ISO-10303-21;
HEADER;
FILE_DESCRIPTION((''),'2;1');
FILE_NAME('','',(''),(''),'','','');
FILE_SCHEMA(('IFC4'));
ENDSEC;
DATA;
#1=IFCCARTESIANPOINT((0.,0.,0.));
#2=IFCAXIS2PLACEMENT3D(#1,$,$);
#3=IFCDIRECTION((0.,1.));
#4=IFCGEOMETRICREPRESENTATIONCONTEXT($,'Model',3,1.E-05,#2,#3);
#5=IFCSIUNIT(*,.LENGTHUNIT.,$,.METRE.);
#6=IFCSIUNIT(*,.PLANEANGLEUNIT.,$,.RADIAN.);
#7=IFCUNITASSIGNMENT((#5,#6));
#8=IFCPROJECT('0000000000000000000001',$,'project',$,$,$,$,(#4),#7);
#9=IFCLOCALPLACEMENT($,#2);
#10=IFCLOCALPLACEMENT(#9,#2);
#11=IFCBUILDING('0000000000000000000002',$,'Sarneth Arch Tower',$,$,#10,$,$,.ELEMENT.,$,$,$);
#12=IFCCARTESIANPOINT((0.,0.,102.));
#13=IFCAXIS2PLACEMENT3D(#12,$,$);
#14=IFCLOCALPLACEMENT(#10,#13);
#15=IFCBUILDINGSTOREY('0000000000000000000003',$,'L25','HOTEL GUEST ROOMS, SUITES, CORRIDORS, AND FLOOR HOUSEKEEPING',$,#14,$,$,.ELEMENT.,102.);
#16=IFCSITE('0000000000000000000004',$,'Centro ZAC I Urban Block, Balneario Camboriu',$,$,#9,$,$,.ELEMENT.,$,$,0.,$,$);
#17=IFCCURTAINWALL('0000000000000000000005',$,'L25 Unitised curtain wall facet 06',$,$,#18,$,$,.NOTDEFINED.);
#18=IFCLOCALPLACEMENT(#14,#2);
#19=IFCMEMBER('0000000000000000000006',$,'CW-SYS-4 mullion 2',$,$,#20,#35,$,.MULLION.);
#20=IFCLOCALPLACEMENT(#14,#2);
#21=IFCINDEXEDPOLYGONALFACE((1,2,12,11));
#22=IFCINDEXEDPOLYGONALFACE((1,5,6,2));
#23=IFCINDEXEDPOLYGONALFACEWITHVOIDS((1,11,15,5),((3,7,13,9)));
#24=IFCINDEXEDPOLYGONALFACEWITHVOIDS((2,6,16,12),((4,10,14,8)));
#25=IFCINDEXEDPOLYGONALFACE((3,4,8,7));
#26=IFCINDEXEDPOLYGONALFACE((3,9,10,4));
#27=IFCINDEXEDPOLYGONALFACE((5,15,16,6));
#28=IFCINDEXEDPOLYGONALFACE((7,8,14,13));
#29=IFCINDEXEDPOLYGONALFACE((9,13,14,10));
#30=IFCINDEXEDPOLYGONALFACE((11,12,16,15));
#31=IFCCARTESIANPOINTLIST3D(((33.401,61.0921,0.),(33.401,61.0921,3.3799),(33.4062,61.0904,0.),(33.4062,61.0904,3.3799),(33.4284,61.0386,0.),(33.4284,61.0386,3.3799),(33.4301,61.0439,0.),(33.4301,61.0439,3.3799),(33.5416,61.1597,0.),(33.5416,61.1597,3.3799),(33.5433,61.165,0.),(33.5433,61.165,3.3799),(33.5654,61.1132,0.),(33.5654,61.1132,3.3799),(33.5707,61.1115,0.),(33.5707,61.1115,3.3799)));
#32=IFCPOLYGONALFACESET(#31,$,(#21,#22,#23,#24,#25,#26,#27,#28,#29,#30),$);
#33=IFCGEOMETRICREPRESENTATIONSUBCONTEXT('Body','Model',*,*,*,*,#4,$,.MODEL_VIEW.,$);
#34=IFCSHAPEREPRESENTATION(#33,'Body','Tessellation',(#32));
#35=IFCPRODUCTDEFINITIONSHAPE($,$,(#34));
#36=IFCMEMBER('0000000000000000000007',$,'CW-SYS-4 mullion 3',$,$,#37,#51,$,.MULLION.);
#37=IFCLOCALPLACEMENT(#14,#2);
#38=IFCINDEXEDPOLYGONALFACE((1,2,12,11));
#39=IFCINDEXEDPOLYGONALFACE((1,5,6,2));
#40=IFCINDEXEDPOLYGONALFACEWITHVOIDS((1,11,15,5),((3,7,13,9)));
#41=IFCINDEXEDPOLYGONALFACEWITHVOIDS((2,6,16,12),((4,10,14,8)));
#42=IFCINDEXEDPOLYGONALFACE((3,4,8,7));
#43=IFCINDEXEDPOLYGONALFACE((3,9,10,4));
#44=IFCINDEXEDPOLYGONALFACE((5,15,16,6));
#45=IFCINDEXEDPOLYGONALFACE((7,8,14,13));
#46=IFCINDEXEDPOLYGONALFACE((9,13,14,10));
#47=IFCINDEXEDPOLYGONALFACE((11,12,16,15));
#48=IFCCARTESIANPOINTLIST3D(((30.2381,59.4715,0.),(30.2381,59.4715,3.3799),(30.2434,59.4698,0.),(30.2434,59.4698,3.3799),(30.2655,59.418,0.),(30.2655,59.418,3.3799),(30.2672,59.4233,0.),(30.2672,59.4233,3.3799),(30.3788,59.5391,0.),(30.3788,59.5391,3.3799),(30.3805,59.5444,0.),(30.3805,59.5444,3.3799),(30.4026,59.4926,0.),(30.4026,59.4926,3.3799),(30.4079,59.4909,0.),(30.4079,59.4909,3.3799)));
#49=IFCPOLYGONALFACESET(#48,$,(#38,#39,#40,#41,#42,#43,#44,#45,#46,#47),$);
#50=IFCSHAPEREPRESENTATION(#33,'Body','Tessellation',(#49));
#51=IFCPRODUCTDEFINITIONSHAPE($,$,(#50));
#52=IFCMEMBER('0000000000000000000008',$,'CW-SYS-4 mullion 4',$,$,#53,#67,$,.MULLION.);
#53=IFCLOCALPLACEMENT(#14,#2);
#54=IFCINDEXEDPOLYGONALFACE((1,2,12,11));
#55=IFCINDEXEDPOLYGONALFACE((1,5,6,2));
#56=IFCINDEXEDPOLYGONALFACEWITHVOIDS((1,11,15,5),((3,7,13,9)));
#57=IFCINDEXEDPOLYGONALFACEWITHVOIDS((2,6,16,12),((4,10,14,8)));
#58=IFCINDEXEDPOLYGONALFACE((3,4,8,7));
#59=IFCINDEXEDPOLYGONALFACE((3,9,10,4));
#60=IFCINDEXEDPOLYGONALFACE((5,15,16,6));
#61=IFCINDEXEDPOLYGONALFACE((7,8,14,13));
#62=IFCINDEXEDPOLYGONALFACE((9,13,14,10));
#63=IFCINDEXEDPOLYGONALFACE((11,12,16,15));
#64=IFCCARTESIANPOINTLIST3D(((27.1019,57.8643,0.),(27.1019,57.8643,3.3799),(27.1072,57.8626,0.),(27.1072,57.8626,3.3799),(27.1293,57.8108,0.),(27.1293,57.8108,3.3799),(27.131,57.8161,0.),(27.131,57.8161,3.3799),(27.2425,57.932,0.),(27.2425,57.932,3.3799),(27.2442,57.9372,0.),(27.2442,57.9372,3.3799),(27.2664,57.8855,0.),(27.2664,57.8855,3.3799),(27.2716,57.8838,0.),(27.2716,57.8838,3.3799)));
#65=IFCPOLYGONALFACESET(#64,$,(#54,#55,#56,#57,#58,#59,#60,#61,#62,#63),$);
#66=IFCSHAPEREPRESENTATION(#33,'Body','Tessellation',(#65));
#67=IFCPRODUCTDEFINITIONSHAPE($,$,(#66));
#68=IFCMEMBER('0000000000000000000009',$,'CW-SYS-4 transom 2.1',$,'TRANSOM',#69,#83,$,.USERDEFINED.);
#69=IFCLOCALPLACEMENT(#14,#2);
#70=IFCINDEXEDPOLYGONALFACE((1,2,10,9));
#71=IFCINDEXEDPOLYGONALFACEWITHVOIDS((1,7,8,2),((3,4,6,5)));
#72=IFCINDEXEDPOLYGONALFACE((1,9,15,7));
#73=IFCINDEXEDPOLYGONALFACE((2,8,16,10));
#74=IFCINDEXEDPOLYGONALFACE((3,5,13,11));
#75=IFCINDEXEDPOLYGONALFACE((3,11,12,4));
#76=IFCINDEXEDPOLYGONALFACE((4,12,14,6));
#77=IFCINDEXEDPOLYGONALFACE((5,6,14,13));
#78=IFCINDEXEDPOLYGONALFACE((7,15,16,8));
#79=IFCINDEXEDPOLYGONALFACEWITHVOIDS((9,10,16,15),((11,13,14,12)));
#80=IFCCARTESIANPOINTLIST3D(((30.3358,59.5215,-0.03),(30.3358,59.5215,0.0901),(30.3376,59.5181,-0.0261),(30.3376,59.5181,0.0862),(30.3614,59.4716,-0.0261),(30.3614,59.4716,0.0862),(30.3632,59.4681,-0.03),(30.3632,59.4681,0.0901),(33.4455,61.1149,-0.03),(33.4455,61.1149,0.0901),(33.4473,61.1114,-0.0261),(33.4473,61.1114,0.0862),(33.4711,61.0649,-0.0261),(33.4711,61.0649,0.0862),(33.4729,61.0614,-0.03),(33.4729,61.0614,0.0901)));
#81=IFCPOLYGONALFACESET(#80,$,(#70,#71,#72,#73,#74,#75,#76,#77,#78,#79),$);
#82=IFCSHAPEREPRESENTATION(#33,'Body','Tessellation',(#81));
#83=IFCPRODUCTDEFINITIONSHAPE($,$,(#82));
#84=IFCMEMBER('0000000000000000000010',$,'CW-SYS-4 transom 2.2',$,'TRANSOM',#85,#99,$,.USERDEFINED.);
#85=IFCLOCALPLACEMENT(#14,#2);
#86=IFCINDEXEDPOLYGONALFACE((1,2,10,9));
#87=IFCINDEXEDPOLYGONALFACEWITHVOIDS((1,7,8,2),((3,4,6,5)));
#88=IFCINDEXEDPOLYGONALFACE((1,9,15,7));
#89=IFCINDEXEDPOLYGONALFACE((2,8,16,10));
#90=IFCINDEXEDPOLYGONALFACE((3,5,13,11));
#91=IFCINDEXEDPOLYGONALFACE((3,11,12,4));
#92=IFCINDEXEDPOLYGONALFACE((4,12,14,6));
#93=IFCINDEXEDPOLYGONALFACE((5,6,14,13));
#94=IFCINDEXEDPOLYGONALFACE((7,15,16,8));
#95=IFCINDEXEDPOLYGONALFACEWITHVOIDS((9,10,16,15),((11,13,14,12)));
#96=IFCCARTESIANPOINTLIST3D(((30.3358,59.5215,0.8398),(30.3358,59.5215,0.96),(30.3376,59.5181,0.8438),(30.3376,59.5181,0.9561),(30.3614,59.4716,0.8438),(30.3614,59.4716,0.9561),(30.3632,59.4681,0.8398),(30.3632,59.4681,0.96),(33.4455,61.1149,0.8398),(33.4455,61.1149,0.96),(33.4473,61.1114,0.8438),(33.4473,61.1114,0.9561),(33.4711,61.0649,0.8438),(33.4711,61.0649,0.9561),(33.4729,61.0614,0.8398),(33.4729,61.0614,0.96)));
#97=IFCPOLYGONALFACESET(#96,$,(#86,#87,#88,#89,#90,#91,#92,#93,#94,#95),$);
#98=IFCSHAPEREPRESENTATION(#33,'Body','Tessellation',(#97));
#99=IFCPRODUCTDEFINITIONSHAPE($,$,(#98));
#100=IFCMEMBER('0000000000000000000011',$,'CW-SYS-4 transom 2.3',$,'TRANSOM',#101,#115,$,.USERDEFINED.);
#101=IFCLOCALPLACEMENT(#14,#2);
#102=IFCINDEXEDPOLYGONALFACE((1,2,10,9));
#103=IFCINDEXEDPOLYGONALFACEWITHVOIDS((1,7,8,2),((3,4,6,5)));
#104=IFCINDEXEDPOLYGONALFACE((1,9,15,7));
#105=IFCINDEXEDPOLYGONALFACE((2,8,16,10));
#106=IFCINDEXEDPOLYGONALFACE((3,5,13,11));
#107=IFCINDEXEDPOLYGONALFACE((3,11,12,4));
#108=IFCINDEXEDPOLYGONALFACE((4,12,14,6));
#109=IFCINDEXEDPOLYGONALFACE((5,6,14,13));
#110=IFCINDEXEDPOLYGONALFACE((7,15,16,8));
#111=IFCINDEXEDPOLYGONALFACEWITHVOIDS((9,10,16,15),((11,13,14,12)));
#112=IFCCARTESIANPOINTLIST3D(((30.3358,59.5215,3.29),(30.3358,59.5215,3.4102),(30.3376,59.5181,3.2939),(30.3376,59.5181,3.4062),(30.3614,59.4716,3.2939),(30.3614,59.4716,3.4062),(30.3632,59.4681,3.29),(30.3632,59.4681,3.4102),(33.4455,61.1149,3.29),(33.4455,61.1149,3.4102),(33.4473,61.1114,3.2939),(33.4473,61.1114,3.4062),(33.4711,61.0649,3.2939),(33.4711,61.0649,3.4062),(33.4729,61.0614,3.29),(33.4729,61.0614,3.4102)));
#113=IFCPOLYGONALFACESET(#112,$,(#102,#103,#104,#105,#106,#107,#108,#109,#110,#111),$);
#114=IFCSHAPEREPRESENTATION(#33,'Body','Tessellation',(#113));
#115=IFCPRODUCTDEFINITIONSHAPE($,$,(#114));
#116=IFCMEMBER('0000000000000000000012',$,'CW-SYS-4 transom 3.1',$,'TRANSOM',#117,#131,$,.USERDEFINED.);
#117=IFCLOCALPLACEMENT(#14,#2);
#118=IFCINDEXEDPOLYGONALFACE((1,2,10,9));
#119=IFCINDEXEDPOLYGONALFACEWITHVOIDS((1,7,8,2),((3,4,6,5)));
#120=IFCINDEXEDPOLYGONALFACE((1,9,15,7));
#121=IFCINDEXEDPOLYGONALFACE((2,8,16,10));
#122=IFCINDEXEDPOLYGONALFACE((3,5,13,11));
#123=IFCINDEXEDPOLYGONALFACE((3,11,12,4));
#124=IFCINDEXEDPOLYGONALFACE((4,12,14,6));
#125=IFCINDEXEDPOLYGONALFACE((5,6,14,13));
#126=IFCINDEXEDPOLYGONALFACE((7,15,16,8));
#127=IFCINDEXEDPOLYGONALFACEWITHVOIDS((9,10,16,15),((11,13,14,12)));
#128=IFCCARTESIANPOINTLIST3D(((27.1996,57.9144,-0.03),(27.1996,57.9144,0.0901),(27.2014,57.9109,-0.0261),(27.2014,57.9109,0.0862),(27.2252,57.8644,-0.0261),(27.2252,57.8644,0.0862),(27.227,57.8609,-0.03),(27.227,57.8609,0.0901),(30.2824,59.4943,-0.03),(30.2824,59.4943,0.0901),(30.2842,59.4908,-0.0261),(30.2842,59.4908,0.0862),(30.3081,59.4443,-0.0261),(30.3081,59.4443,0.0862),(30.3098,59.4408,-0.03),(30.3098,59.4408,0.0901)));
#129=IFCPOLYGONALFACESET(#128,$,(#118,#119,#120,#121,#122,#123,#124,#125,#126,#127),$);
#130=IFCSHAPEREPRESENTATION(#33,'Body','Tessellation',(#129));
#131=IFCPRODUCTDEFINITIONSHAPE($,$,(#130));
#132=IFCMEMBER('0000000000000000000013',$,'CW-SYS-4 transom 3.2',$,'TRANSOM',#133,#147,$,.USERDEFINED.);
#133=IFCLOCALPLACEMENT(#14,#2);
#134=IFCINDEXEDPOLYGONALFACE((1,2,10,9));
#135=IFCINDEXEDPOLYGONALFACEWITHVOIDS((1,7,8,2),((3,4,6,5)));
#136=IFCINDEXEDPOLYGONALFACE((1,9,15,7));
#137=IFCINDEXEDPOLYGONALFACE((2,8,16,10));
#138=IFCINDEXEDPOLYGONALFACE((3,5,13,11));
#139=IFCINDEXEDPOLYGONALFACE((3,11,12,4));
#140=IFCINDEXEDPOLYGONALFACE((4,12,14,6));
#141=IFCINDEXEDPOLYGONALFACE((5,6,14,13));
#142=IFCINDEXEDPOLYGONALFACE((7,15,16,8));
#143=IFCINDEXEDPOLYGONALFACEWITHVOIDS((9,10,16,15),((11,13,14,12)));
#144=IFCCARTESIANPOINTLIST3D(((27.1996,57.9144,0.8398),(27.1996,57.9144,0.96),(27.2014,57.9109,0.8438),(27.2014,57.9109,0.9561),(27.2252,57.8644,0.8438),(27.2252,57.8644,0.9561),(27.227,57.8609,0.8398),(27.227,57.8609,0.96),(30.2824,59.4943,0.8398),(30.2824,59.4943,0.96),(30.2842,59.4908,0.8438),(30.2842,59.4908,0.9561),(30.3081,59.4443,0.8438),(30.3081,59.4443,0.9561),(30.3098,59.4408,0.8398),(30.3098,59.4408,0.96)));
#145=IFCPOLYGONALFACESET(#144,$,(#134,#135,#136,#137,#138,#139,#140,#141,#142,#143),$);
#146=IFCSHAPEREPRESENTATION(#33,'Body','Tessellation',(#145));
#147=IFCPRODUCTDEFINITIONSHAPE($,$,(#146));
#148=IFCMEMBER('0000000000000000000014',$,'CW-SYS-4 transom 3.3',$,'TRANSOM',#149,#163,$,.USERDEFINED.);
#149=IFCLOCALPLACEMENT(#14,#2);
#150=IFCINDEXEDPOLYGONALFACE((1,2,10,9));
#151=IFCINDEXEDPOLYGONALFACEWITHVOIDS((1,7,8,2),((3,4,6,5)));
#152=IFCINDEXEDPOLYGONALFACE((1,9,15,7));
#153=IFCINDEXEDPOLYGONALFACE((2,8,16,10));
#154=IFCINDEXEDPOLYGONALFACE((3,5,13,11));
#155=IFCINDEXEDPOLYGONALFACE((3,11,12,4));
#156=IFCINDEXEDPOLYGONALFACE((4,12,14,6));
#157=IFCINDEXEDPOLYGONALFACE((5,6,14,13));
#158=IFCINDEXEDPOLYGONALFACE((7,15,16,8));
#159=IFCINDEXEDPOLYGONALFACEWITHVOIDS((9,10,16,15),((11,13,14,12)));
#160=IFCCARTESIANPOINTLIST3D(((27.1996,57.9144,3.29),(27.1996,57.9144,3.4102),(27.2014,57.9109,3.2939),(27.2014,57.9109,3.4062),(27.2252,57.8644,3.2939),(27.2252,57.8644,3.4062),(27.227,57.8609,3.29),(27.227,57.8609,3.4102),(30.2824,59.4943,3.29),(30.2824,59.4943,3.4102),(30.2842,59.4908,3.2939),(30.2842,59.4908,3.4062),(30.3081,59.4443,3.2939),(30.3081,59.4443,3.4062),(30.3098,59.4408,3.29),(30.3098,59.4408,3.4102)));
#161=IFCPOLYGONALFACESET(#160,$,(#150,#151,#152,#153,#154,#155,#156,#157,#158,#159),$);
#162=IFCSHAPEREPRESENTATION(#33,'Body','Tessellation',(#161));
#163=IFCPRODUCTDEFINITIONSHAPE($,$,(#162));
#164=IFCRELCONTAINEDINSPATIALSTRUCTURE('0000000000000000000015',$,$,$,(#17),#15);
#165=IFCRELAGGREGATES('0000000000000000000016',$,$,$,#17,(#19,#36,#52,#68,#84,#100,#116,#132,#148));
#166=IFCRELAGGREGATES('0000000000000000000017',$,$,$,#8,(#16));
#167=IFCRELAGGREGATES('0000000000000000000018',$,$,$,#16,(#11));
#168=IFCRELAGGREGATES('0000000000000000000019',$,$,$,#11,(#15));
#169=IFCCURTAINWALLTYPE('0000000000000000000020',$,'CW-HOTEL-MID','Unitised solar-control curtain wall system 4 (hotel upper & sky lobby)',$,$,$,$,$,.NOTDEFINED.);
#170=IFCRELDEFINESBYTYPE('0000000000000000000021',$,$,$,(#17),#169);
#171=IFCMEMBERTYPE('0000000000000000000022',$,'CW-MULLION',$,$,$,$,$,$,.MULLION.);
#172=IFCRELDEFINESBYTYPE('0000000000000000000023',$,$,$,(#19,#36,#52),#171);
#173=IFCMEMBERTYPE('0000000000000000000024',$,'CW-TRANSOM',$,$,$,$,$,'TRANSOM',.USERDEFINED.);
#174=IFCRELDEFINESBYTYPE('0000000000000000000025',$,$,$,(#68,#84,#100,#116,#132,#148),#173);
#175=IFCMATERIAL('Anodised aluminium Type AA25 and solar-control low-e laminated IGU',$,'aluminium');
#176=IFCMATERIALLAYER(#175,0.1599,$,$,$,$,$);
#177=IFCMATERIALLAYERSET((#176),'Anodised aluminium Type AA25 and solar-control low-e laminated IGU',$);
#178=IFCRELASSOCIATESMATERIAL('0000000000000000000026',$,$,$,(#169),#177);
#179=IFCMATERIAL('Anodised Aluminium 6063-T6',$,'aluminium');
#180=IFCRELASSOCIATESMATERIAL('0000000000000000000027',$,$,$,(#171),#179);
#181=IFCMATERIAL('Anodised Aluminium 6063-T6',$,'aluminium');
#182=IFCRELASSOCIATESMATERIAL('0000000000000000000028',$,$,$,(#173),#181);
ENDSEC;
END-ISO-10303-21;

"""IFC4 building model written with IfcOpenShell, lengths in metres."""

from ifc_helpers import new_model, si_unit, direction, frame, origin, origin_2d, place, context, subcontext, project, spatial, hollow_rectangle, extrude, material, layer, layer_set, material_profile, profile_set, type_object, element, aggregate, save


model = new_model("IFC4")

# Units and contexts
model_context = context("Model", 3, precision=1e-05, world=origin(), true_north=direction((0.0, 1.0)))
body_context = subcontext(model_context, "Body", "Model", "MODEL_VIEW")
ifc_project = project(units=[si_unit("LENGTHUNIT", "METRE"), si_unit("PLANEANGLEUNIT", "RADIAN")], contexts=[model_context])

# Site, building, storey
site_placement = place(None, origin())
site = spatial("IfcSite", under=ifc_project, at=site_placement, Name="Centro ZAC I Urban Block, Balneario Camboriu", CompositionType="ELEMENT", RefElevation=0.0)
building_placement = place(site_placement, origin())
building = spatial("IfcBuilding", under=site, at=building_placement, Name="Sarneth Arch Tower", CompositionType="ELEMENT")
storey_placement = place(building_placement, frame((0.0, 0.0, 102.0)))
storey = spatial("IfcBuildingStorey", under=building, at=storey_placement, Name="L25", Description="HOTEL GUEST ROOMS, SUITES, CORRIDORS, AND FLOOR HOUSEKEEPING", CompositionType="ELEMENT", Elevation=102.0)

# Curtain wall, members
ifc_material_1 = material(Name="Anodised aluminium Type AA25 and solar-control low-e laminated IGU", Category="aluminium")
ifc_layer_1 = layer(ifc_material_1, 0.1599)
ifc_layer_set_1 = layer_set([ifc_layer_1], Name="Anodised aluminium Type AA25 and solar-control low-e laminated IGU")
curtain_wall_type = type_object("IfcCurtainWallType", Name="CW-HOTEL-MID", Description="Unitised solar-control curtain wall system 4 (hotel upper & sky lobby)", PredefinedType="NOTDEFINED", material=ifc_layer_set_1)
curtain_wall_placement = place(storey_placement, origin())
curtain_wall = element("IfcCurtainWall", 1, at=curtain_wall_placement, inside=storey, type_object=curtain_wall_type, Name="L25 Unitised curtain wall facet 06", PredefinedType="NOTDEFINED")
ifc_material_2 = material(Name="Anodised Aluminium 6063-T6", Category="aluminium")
ifc_material_profile_1 = material_profile(ifc_material_2, hollow_rectangle(XDim=0.0601, YDim=0.1599, WallThickness=0.0039, at=origin_2d()), Name="AL-MULL-160x60x4")
ifc_profile_set_1 = profile_set([ifc_material_profile_1], Name="Anodised Aluminium 6063-T6")
member_type_1 = type_object("IfcMemberType", Name="CW-MULLION", PredefinedType="MULLION", material=ifc_profile_set_1)
member_1_placement = place(storey_placement, frame((33.4858, 61.1018, 0.0), z_axis=(0.0, 0.0, 1.0), x_axis=(0.456031, -0.889964, 0.0)))
member_1 = element("IfcMember", 2, at=member_1_placement, type_object=member_type_1, Name="CW-SYS-4 mullion 2", PredefinedType="MULLION", context=body_context, shape_type="SweptSolid", body=[
    extrude(hollow_rectangle(XDim=0.0601, YDim=0.1599, WallThickness=0.0039, at=origin_2d()), origin(), (0.0, 0.0, 1.0), 3.3799),
])
member_2_placement = place(storey_placement, frame((30.323, 59.4812, 0.0), z_axis=(0.0, 0.0, 1.0), x_axis=(0.456031, -0.889964, 0.0)))
member_2 = element("IfcMember", 3, at=member_2_placement, type_object=member_type_1, Name="CW-SYS-4 mullion 3", PredefinedType="MULLION", context=body_context, shape_type="SweptSolid", body=[
    extrude(hollow_rectangle(XDim=0.0601, YDim=0.1599, WallThickness=0.0039, at=origin_2d()), origin(), (0.0, 0.0, 1.0), 3.3799),
])
member_3_placement = place(storey_placement, frame((27.1868, 57.874, 0.0), z_axis=(0.0, 0.0, 1.0), x_axis=(0.456031, -0.889964, 0.0)))
member_3 = element("IfcMember", 4, at=member_3_placement, type_object=member_type_1, Name="CW-SYS-4 mullion 4", PredefinedType="MULLION", context=body_context, shape_type="SweptSolid", body=[
    extrude(hollow_rectangle(XDim=0.0601, YDim=0.1599, WallThickness=0.0039, at=origin_2d()), origin(), (0.0, 0.0, 1.0), 3.3799),
])
ifc_material_3 = material(Name="Anodised Aluminium 6063-T6", Category="aluminium")
ifc_material_profile_2 = material_profile(ifc_material_3, hollow_rectangle(XDim=0.0601, YDim=0.1201, WallThickness=0.0039, at=origin_2d()), Name="AL-TRAN-120x60x4")
ifc_profile_set_2 = profile_set([ifc_material_profile_2], Name="Anodised Aluminium 6063-T6")
member_type_2 = type_object("IfcMemberType", Name="CW-TRANSOM", ElementType="TRANSOM", PredefinedType="USERDEFINED", material=ifc_profile_set_2)
member_4_placement = place(storey_placement, frame((33.4592, 61.0881, 0.03), z_axis=(-0.889982, -0.455996, 0.0), x_axis=(0.455996, -0.889982, 0.0)))
member_4 = element("IfcMember", 5, at=member_4_placement, type_object=member_type_2, Name="CW-SYS-4 transom 2.1", ObjectType="TRANSOM", PredefinedType="USERDEFINED", context=body_context, shape_type="SweptSolid", body=[
    extrude(hollow_rectangle(XDim=0.0601, YDim=0.1201, WallThickness=0.0039, at=origin_2d()), origin(), (0.0, 0.0, 1.0), 3.4941),
])
member_5_placement = place(storey_placement, frame((33.4592, 61.0881, 0.8999), z_axis=(-0.889982, -0.455996, 0.0), x_axis=(0.455996, -0.889982, 0.0)))
member_5 = element("IfcMember", 6, at=member_5_placement, type_object=member_type_2, Name="CW-SYS-4 transom 2.2", ObjectType="TRANSOM", PredefinedType="USERDEFINED", context=body_context, shape_type="SweptSolid", body=[
    extrude(hollow_rectangle(XDim=0.0601, YDim=0.1201, WallThickness=0.0039, at=origin_2d()), origin(), (0.0, 0.0, 1.0), 3.4941),
])
member_6_placement = place(storey_placement, frame((33.4592, 61.0881, 3.3501), z_axis=(-0.889982, -0.455996, 0.0), x_axis=(0.455996, -0.889982, 0.0)))
member_6 = element("IfcMember", 7, at=member_6_placement, type_object=member_type_2, Name="CW-SYS-4 transom 2.3", ObjectType="TRANSOM", PredefinedType="USERDEFINED", context=body_context, shape_type="SweptSolid", body=[
    extrude(hollow_rectangle(XDim=0.0601, YDim=0.1201, WallThickness=0.0039, at=origin_2d()), origin(), (0.0, 0.0, 1.0), 3.4941),
])
member_7_placement = place(storey_placement, frame((30.2961, 59.4675, 0.03), z_axis=(-0.889943, -0.456072, 0.0), x_axis=(0.456072, -0.889943, 0.0)))
member_7 = element("IfcMember", 8, at=member_7_placement, type_object=member_type_2, Name="CW-SYS-4 transom 3.1", ObjectType="TRANSOM", PredefinedType="USERDEFINED", context=body_context, shape_type="SweptSolid", body=[
    extrude(hollow_rectangle(XDim=0.0601, YDim=0.1201, WallThickness=0.0039, at=origin_2d()), origin(), (0.0, 0.0, 1.0), 3.4641),
])
member_8_placement = place(storey_placement, frame((30.2961, 59.4675, 0.8999), z_axis=(-0.889943, -0.456072, 0.0), x_axis=(0.456072, -0.889943, 0.0)))
member_8 = element("IfcMember", 9, at=member_8_placement, type_object=member_type_2, Name="CW-SYS-4 transom 3.2", ObjectType="TRANSOM", PredefinedType="USERDEFINED", context=body_context, shape_type="SweptSolid", body=[
    extrude(hollow_rectangle(XDim=0.0601, YDim=0.1201, WallThickness=0.0039, at=origin_2d()), origin(), (0.0, 0.0, 1.0), 3.4641),
])
member_9_placement = place(storey_placement, frame((30.2961, 59.4675, 3.3501), z_axis=(-0.889943, -0.456072, 0.0), x_axis=(0.456072, -0.889943, 0.0)))
member_9 = element("IfcMember", 10, at=member_9_placement, type_object=member_type_2, Name="CW-SYS-4 transom 3.3", ObjectType="TRANSOM", PredefinedType="USERDEFINED", context=body_context, shape_type="SweptSolid", body=[
    extrude(hollow_rectangle(XDim=0.0601, YDim=0.1201, WallThickness=0.0039, at=origin_2d()), origin(), (0.0, 0.0, 1.0), 3.4641),
])

aggregate(curtain_wall, [member_1, member_2, member_3, member_4, member_5, member_6, member_7, member_8, member_9])

save(model, "model.ifc")
